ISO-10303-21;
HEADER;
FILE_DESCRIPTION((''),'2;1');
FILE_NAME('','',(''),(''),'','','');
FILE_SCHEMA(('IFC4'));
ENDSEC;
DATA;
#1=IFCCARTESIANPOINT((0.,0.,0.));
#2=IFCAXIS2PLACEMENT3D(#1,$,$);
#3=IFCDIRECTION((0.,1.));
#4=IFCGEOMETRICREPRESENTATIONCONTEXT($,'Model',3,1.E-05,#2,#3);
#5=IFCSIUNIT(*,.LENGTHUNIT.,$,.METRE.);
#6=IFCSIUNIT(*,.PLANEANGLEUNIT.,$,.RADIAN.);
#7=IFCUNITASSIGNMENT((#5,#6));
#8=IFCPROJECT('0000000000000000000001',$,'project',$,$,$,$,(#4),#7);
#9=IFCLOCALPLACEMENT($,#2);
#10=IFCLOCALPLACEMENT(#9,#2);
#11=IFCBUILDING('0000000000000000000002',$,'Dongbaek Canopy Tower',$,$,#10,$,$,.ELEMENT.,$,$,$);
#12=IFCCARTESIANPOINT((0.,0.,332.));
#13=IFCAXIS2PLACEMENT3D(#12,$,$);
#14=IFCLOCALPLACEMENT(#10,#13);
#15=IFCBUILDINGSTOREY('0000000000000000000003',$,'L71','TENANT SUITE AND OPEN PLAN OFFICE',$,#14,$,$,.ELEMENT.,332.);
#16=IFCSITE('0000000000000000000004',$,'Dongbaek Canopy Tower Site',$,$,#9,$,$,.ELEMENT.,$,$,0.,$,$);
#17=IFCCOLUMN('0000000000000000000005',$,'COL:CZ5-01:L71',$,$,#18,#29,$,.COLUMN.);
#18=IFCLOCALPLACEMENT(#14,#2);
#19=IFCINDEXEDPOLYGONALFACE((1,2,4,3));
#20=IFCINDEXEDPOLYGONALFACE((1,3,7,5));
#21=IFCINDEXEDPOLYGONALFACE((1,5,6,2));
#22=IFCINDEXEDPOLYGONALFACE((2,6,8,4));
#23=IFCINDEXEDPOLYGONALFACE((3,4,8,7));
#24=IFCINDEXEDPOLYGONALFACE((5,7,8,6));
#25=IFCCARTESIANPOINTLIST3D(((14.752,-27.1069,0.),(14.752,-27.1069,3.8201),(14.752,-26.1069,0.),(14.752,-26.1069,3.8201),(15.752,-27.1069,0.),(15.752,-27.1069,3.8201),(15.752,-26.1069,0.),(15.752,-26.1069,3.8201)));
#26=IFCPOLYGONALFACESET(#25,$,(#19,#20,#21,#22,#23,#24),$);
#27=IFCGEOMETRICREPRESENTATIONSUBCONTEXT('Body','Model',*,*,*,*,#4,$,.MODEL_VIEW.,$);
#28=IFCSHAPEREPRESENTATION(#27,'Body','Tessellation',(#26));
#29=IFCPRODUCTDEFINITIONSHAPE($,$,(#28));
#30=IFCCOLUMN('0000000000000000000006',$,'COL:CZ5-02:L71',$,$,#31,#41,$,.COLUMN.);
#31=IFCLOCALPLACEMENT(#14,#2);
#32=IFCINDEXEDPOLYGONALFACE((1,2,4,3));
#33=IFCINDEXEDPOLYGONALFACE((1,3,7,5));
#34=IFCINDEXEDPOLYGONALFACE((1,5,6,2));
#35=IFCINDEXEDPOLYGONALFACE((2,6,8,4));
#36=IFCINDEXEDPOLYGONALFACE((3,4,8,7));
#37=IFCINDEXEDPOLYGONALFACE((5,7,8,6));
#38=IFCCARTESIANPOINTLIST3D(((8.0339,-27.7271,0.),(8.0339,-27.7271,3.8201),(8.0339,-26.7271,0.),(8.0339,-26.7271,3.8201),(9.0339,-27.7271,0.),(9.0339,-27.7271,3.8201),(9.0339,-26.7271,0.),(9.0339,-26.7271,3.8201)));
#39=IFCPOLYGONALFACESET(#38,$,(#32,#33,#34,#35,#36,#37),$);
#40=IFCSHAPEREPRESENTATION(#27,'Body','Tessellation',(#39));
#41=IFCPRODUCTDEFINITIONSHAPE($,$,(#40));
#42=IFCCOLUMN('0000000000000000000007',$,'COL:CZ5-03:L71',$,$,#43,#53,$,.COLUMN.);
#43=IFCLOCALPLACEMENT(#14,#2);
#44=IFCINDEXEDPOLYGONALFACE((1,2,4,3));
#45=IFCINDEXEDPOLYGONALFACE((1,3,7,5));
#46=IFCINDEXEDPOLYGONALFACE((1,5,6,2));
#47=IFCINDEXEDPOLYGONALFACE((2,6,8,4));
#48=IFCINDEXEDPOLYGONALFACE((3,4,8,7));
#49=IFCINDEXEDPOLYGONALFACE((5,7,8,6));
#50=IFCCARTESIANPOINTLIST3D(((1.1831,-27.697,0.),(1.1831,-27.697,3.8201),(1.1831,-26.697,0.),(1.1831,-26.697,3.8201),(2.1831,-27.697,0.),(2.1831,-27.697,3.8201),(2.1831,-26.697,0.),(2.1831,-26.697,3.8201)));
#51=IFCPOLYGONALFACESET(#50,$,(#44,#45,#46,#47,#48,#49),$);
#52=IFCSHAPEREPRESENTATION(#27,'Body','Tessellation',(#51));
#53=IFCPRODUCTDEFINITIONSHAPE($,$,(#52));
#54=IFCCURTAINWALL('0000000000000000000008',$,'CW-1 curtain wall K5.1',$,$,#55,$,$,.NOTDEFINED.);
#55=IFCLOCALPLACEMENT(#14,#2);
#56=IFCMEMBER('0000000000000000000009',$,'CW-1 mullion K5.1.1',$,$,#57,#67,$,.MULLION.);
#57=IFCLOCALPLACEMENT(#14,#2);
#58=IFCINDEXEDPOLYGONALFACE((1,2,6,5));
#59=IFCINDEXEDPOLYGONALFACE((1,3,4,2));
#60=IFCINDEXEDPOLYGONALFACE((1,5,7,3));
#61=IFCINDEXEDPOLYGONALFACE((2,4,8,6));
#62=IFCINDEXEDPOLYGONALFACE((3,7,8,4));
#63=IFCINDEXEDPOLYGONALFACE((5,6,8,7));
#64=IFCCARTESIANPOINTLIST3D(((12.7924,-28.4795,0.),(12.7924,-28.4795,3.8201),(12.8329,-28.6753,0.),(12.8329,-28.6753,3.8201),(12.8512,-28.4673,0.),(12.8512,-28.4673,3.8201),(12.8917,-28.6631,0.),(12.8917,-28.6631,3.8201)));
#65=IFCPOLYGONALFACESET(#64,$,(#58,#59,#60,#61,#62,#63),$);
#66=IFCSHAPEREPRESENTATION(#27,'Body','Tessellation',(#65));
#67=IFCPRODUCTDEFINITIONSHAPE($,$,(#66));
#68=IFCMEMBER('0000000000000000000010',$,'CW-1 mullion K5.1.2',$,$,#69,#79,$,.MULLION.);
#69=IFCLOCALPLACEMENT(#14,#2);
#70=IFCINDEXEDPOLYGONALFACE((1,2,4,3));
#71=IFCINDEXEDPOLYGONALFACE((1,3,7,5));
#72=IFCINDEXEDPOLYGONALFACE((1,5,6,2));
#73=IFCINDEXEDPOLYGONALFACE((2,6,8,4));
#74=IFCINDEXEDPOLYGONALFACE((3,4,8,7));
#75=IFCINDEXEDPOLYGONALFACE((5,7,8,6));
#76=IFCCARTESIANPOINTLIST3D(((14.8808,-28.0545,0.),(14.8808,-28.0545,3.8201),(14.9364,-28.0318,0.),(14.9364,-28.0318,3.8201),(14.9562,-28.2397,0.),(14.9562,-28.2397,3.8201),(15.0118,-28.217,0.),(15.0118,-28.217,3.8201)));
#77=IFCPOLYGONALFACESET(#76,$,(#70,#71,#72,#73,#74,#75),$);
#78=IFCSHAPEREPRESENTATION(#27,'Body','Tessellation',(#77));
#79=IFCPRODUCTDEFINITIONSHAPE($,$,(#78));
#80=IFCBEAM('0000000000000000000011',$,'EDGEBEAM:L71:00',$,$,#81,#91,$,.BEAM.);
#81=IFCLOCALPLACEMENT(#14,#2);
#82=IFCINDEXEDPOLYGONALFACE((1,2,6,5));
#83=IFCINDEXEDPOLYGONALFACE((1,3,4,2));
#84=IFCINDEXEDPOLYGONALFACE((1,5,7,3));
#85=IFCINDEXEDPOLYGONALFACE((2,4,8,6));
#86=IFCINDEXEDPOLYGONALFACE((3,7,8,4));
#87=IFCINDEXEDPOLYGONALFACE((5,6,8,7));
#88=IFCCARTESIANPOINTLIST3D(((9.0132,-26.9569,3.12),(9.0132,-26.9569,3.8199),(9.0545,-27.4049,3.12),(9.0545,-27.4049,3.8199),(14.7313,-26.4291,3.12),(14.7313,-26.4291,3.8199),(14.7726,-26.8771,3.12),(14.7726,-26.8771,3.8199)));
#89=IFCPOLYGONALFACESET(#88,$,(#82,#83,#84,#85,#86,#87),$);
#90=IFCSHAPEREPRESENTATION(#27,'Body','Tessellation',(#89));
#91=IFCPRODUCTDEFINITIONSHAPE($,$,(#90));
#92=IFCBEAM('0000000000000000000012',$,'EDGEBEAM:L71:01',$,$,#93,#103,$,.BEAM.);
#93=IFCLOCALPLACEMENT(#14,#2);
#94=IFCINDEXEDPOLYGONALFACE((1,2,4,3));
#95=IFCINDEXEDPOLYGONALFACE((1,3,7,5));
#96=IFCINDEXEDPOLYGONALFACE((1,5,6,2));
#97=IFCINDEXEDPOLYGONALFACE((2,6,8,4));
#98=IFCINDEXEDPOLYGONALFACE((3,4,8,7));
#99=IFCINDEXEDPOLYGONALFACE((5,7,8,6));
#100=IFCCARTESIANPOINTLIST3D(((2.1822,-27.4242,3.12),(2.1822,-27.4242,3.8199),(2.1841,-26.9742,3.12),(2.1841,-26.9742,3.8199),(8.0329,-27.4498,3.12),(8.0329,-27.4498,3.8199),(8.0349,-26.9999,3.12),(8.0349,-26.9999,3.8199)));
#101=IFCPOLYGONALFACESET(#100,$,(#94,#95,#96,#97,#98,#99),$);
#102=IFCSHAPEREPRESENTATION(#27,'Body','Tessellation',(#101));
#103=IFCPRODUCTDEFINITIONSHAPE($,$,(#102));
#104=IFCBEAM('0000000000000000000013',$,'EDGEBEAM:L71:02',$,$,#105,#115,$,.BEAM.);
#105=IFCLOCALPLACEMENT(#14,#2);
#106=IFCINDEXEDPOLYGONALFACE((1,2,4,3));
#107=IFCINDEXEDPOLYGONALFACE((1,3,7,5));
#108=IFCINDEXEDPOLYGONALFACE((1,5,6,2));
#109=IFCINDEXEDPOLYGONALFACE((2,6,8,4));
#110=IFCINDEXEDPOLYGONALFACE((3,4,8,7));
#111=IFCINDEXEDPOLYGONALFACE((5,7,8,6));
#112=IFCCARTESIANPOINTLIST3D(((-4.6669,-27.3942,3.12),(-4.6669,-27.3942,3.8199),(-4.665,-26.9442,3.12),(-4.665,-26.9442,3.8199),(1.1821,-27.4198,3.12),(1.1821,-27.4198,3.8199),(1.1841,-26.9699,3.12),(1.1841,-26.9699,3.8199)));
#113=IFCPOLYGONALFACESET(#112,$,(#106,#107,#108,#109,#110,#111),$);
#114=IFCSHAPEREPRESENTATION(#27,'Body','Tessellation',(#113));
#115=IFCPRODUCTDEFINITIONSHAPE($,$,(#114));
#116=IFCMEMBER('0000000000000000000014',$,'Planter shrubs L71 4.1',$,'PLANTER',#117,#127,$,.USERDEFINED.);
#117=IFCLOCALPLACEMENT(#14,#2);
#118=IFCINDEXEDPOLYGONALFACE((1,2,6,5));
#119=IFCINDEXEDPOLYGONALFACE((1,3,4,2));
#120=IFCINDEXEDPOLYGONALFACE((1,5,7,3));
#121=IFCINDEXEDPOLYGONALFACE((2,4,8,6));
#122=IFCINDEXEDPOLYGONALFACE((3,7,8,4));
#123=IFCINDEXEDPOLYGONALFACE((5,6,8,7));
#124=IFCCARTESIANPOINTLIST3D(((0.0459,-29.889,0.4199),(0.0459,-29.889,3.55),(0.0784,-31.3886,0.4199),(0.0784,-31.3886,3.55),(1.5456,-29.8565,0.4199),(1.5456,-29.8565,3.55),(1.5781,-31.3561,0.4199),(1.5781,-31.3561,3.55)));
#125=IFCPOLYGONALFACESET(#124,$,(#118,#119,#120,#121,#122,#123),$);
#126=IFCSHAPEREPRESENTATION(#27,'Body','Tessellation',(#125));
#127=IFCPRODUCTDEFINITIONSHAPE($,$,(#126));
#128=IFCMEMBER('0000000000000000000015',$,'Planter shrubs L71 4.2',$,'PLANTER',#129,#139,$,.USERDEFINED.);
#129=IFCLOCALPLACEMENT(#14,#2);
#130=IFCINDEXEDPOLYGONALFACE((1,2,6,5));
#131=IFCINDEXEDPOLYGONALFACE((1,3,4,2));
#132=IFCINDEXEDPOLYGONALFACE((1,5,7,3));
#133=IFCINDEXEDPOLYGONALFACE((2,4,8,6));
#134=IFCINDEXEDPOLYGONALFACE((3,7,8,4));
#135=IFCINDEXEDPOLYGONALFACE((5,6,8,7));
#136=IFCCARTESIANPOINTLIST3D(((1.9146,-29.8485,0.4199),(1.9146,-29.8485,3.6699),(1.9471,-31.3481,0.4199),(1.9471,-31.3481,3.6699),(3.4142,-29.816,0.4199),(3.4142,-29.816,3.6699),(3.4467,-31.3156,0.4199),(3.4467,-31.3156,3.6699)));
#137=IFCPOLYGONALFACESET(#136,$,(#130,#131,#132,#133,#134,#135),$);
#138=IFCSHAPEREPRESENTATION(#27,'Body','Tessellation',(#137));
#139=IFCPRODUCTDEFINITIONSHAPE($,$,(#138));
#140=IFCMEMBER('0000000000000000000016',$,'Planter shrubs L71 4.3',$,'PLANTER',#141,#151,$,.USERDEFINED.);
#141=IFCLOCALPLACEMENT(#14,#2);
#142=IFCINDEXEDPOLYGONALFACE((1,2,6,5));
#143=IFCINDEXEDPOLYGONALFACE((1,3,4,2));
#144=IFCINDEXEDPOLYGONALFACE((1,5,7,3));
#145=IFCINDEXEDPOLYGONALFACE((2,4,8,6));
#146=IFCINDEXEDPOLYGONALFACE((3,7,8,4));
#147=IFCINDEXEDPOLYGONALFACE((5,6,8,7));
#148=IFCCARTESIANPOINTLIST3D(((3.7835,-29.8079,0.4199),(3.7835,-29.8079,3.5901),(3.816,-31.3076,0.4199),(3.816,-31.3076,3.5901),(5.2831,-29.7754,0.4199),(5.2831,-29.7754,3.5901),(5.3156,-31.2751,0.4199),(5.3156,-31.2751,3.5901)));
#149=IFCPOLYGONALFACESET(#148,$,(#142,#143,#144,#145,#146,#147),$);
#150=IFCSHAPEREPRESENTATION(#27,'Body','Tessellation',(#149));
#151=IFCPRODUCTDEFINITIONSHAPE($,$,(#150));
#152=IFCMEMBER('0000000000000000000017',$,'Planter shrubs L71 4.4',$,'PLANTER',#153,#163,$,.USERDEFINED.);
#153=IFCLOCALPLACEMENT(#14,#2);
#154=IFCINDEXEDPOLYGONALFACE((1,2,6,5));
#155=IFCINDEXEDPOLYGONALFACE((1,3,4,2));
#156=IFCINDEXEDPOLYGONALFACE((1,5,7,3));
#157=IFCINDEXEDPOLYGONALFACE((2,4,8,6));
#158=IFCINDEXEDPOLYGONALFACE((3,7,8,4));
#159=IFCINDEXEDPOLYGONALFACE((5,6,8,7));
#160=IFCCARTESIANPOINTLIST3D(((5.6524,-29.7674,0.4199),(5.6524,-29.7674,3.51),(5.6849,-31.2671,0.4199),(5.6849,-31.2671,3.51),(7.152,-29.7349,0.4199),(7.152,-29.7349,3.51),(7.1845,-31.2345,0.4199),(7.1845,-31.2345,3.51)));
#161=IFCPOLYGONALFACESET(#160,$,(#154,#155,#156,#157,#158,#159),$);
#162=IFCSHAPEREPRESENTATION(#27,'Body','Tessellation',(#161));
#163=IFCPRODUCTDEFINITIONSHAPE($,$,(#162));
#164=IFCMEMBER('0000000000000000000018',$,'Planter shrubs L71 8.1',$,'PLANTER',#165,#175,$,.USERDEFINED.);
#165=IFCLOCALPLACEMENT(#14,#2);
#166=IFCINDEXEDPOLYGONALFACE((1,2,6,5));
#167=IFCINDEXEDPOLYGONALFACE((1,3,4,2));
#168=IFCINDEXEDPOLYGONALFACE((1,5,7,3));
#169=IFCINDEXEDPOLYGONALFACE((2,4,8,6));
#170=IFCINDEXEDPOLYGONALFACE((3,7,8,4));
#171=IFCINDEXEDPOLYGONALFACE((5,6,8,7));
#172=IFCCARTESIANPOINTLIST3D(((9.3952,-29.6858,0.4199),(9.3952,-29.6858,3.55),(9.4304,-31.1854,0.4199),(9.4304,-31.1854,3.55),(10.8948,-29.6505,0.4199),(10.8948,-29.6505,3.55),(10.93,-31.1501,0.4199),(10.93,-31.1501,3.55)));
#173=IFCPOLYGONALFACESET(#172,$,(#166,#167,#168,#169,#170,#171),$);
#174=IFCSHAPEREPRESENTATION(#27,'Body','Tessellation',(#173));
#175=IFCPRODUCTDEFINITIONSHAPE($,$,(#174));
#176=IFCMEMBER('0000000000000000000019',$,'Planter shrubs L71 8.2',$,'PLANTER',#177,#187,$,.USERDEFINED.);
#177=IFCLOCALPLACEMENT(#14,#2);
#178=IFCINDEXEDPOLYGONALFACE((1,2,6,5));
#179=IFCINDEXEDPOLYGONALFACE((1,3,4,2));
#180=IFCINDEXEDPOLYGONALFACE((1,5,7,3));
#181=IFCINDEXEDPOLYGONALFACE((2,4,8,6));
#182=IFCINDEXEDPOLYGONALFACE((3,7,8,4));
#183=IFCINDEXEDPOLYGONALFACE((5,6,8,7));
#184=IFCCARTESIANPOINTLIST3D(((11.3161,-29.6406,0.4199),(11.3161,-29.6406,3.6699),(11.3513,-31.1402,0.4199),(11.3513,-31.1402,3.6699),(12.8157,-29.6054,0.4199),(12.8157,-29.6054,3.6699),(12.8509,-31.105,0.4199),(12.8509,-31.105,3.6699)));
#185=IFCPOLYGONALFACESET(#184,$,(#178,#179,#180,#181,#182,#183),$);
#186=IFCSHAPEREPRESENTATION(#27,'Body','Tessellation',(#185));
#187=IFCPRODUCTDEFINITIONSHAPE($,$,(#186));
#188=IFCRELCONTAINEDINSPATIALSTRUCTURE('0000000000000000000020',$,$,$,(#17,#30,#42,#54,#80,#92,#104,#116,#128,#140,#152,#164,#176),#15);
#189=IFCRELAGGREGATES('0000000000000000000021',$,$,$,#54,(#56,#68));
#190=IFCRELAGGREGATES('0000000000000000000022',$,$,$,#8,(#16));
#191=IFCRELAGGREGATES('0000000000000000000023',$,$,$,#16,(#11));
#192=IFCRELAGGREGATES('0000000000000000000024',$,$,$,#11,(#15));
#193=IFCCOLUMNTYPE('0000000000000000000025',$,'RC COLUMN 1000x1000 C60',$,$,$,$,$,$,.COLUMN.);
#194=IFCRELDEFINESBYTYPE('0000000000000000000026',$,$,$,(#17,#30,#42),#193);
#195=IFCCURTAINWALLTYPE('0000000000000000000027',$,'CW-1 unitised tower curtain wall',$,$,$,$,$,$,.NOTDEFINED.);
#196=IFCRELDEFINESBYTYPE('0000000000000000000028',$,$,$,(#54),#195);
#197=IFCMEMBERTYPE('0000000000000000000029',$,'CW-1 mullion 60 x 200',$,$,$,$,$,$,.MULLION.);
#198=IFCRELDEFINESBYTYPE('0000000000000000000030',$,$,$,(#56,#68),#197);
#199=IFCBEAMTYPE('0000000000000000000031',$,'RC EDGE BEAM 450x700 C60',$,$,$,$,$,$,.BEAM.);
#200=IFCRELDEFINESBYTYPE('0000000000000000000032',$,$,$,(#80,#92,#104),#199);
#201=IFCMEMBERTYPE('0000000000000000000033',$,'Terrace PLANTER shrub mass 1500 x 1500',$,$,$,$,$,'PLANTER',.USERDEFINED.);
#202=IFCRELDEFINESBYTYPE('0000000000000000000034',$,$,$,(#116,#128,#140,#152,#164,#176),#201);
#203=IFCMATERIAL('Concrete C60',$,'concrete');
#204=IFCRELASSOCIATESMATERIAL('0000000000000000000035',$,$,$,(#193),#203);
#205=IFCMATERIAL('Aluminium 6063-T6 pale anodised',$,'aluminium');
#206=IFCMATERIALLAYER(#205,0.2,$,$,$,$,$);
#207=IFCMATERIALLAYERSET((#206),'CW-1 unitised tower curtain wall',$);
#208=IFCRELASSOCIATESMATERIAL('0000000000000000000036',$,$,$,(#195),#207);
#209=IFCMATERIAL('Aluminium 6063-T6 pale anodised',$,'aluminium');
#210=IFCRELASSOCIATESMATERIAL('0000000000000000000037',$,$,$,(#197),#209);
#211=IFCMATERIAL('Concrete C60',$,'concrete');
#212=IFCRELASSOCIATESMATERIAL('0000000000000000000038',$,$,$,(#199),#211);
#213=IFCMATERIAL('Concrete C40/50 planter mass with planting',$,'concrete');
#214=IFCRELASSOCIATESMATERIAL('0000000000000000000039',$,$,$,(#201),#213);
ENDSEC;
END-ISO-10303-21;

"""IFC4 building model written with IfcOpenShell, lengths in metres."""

from ifc_helpers import new_model, si_unit, direction, frame, origin, origin_2d, place, context, subcontext, project, spatial, rectangle, extrude, material, layer, layer_set, material_profile, profile_set, type_object, element, aggregate, save


model = new_model("IFC4")

# Units and contexts
model_context = context("Model", 3, precision=1e-05, world=origin(), true_north=direction((0.0, 1.0)))
body_context = subcontext(model_context, "Body", "Model", "MODEL_VIEW")
ifc_project = project(units=[si_unit("LENGTHUNIT", "METRE"), si_unit("PLANEANGLEUNIT", "RADIAN")], contexts=[model_context])

# Site, building, storey
site_placement = place(None, origin())
site = spatial("IfcSite", under=ifc_project, at=site_placement, Name="Dongbaek Canopy Tower Site", CompositionType="ELEMENT", RefElevation=0.0)
building_placement = place(site_placement, origin())
building = spatial("IfcBuilding", under=site, at=building_placement, Name="Dongbaek Canopy Tower", CompositionType="ELEMENT")
storey_placement = place(building_placement, frame((0.0, 0.0, 332.0)))
storey = spatial("IfcBuildingStorey", under=building, at=storey_placement, Name="L71", Description="TENANT SUITE AND OPEN PLAN OFFICE", CompositionType="ELEMENT", Elevation=332.0)

# Columns
ifc_material_1 = material(Name="Concrete C60", Category="concrete")
ifc_material_profile_1 = material_profile(ifc_material_1, rectangle(XDim=1.0, YDim=1.0, at=origin_2d()), Name="RC COLUMN 1000x1000 C60")
ifc_profile_set_1 = profile_set([ifc_material_profile_1], Name="Concrete C60")
column_type = type_object("IfcColumnType", Name="RC COLUMN 1000x1000 C60", PredefinedType="COLUMN", material=ifc_profile_set_1)
for number, where, z_axis, x_axis, name in (
    (1, (15.252, -26.6069, 0.0), (0.0, 0.0, 1.0), (1.0, 0.0, 0.0), "COL:CZ5-01:L71"),
    (2, (8.5339, -27.2271, 0.0), (0.0, 0.0, 1.0), (1.0, 0.0, 0.0), "COL:CZ5-02:L71"),
    (3, (1.6831, -27.197, 0.0), (0.0, 0.0, 1.0), (1.0, 0.0, 0.0), "COL:CZ5-03:L71"),
):
    element("IfcColumn", number, at=place(storey_placement, frame(where, z_axis=z_axis, x_axis=x_axis)), inside=storey, type_object=column_type, Name=name, PredefinedType="COLUMN", context=body_context, shape_type="SweptSolid", body=[
        extrude(rectangle(XDim=1.0, YDim=1.0, at=origin_2d()), origin(), (0.0, 0.0, 1.0), 3.8201),
    ])

# Curtain wall, members
ifc_material_2 = material(Name="Aluminium 6063-T6 pale anodised", Category="aluminium")
ifc_layer_1 = layer(ifc_material_2, 0.2)
ifc_layer_set_1 = layer_set([ifc_layer_1], Name="CW-1 unitised tower curtain wall")
curtain_wall_type = type_object("IfcCurtainWallType", Name="CW-1 unitised tower curtain wall", PredefinedType="NOTDEFINED", material=ifc_layer_set_1)
curtain_wall_placement = place(storey_placement, origin())
curtain_wall = element("IfcCurtainWall", 4, at=curtain_wall_placement, inside=storey, type_object=curtain_wall_type, Name="CW-1 curtain wall K5.1", PredefinedType="NOTDEFINED")
ifc_material_3 = material(Name="Aluminium 6063-T6 pale anodised", Category="aluminium")
ifc_material_profile_2 = material_profile(ifc_material_3, rectangle(XDim=0.2, YDim=0.0601, at=origin_2d()), Name="CW-1 mullion 60 x 200")
ifc_profile_set_2 = profile_set([ifc_material_profile_2], Name="Aluminium 6063-T6 pale anodised")
member_type_1 = type_object("IfcMemberType", Name="CW-1 mullion 60 x 200", PredefinedType="MULLION", material=ifc_profile_set_2)
member_1_placement = place(storey_placement, frame((12.842, -28.5713, 0.0), z_axis=(0.0, 0.0, 1.0), x_axis=(0.202641, -0.979253, 0.0)))
member_1 = element("IfcMember", 5, at=member_1_placement, type_object=member_type_1, Name="CW-1 mullion K5.1.1", PredefinedType="MULLION", context=body_context, shape_type="SweptSolid", body=[
    extrude(rectangle(XDim=0.2, YDim=0.0601, at=origin_2d()), origin(), (0.0, 0.0, 1.0), 3.8201),
])
member_2_placement = place(storey_placement, frame((14.9463, -28.1357, 0.0), z_axis=(0.0, 0.0, 1.0), x_axis=(0.376884, -0.92626, 0.0)))
member_2 = element("IfcMember", 6, at=member_2_placement, type_object=member_type_1, Name="CW-1 mullion K5.1.2", PredefinedType="MULLION", context=body_context, shape_type="SweptSolid", body=[
    extrude(rectangle(XDim=0.2, YDim=0.0601, at=origin_2d()), origin(), (0.0, 0.0, 1.0), 3.8201),
])

# Beams
ifc_material_4 = material(Name="Concrete C60", Category="concrete")
ifc_material_profile_3 = material_profile(ifc_material_4, rectangle(XDim=0.45, YDim=0.7, at=origin_2d()), Name="RC EDGE BEAM 450x700 C60")
ifc_profile_set_3 = profile_set([ifc_material_profile_3], Name="Concrete C60")
beam_type = type_object("IfcBeamType", Name="RC EDGE BEAM 450x700 C60", PredefinedType="BEAM", material=ifc_profile_set_3)
beam_1_placement = place(storey_placement, frame((14.752, -26.6531, 3.47), z_axis=(-0.995766, -0.09192, 0.0), x_axis=(0.09192, -0.995766, 0.0)))
element("IfcBeam", 7, at=beam_1_placement, inside=storey, type_object=beam_type, Name="EDGEBEAM:L71:00", PredefinedType="BEAM", context=body_context, shape_type="SweptSolid", body=[
    extrude(rectangle(XDim=0.45, YDim=0.7, at=origin_2d()), origin(), (0.0, 0.0, 1.0), 5.7424),
])
beam_2_placement = place(storey_placement, frame((8.0339, -27.2249, 3.47), z_axis=(-0.99999, 0.004381, 0.0), x_axis=(-0.004381, -0.99999, 0.0)))
element("IfcBeam", 8, at=beam_2_placement, inside=storey, type_object=beam_type, Name="EDGEBEAM:L71:01", PredefinedType="BEAM", context=body_context, shape_type="SweptSolid", body=[
    extrude(rectangle(XDim=0.45, YDim=0.7, at=origin_2d()), origin(), (0.0, 0.0, 1.0), 5.8508),
])
beam_3_placement = place(storey_placement, frame((1.1831, -27.1948, 3.47), z_axis=(-0.99999, 0.004383, 0.0), x_axis=(-0.004383, -0.99999, 0.0)))
element("IfcBeam", 9, at=beam_3_placement, inside=storey, type_object=beam_type, Name="EDGEBEAM:L71:02", PredefinedType="BEAM", context=body_context, shape_type="SweptSolid", body=[
    extrude(rectangle(XDim=0.45, YDim=0.7, at=origin_2d()), origin(), (0.0, 0.0, 1.0), 5.8491),
])

# Members
ifc_material_5 = material(Name="Concrete C40/50 planter mass with planting", Category="concrete")
ifc_material_profile_4 = material_profile(ifc_material_5, rectangle(XDim=1.5, YDim=1.5, at=origin_2d()), Name="Terrace PLANTER shrub mass 1500 x 1500")
ifc_profile_set_4 = profile_set([ifc_material_profile_4], Name="Concrete C40/50 planter mass with planting")
member_type_2 = type_object("IfcMemberType", Name="Terrace PLANTER shrub mass 1500 x 1500", ElementType="PLANTER", PredefinedType="USERDEFINED", material=ifc_profile_set_4)
member_3_placement = place(storey_placement, frame((0.812, -30.6226, 0.4199), z_axis=(0.0, 0.0, 1.0), x_axis=(0.021676, -0.999765, 0.0)))
element("IfcMember", 10, at=member_3_placement, inside=storey, type_object=member_type_2, Name="Planter shrubs L71 4.1", ObjectType="PLANTER", PredefinedType="USERDEFINED", context=body_context, shape_type="SweptSolid", body=[
    extrude(rectangle(XDim=1.5, YDim=1.5, at=origin_2d()), origin(), (0.0, 0.0, 1.0), 3.1301),
])
member_4_placement = place(storey_placement, frame((2.6807, -30.582, 0.4199), z_axis=(0.0, 0.0, 1.0), x_axis=(0.021676, -0.999765, 0.0)))
element("IfcMember", 11, at=member_4_placement, inside=storey, type_object=member_type_2, Name="Planter shrubs L71 4.2", ObjectType="PLANTER", PredefinedType="USERDEFINED", context=body_context, shape_type="SweptSolid", body=[
    extrude(rectangle(XDim=1.5, YDim=1.5, at=origin_2d()), origin(), (0.0, 0.0, 1.0), 3.25),
])
member_5_placement = place(storey_placement, frame((4.5496, -30.5415, 0.4199), z_axis=(0.0, 0.0, 1.0), x_axis=(0.021676, -0.999765, 0.0)))
element("IfcMember", 12, at=member_5_placement, inside=storey, type_object=member_type_2, Name="Planter shrubs L71 4.3", ObjectType="PLANTER", PredefinedType="USERDEFINED", context=body_context, shape_type="SweptSolid", body=[
    extrude(rectangle(XDim=1.5, YDim=1.5, at=origin_2d()), origin(), (0.0, 0.0, 1.0), 3.1702),
])
member_6_placement = place(storey_placement, frame((6.4185, -30.501, 0.4199), z_axis=(0.0, 0.0, 1.0), x_axis=(0.021676, -0.999765, 0.0)))
element("IfcMember", 13, at=member_6_placement, inside=storey, type_object=member_type_2, Name="Planter shrubs L71 4.4", ObjectType="PLANTER", PredefinedType="USERDEFINED", context=body_context, shape_type="SweptSolid", body=[
    extrude(rectangle(XDim=1.5, YDim=1.5, at=origin_2d()), origin(), (0.0, 0.0, 1.0), 3.0901),
])
member_7_placement = place(storey_placement, frame((10.1626, -30.418, 0.4199), z_axis=(0.0, 0.0, 1.0), x_axis=(0.023503, -0.999724, 0.0)))
element("IfcMember", 14, at=member_7_placement, inside=storey, type_object=member_type_2, Name="Planter shrubs L71 8.1", ObjectType="PLANTER", PredefinedType="USERDEFINED", context=body_context, shape_type="SweptSolid", body=[
    extrude(rectangle(XDim=1.5, YDim=1.5, at=origin_2d()), origin(), (0.0, 0.0, 1.0), 3.1301),
])
member_8_placement = place(storey_placement, frame((12.0835, -30.3728, 0.4199), z_axis=(0.0, 0.0, 1.0), x_axis=(0.023503, -0.999724, 0.0)))
element("IfcMember", 15, at=member_8_placement, inside=storey, type_object=member_type_2, Name="Planter shrubs L71 8.2", ObjectType="PLANTER", PredefinedType="USERDEFINED", context=body_context, shape_type="SweptSolid", body=[
    extrude(rectangle(XDim=1.5, YDim=1.5, at=origin_2d()), origin(), (0.0, 0.0, 1.0), 3.25),
])

aggregate(curtain_wall, [member_1, member_2])

save(model, "model.ifc")
